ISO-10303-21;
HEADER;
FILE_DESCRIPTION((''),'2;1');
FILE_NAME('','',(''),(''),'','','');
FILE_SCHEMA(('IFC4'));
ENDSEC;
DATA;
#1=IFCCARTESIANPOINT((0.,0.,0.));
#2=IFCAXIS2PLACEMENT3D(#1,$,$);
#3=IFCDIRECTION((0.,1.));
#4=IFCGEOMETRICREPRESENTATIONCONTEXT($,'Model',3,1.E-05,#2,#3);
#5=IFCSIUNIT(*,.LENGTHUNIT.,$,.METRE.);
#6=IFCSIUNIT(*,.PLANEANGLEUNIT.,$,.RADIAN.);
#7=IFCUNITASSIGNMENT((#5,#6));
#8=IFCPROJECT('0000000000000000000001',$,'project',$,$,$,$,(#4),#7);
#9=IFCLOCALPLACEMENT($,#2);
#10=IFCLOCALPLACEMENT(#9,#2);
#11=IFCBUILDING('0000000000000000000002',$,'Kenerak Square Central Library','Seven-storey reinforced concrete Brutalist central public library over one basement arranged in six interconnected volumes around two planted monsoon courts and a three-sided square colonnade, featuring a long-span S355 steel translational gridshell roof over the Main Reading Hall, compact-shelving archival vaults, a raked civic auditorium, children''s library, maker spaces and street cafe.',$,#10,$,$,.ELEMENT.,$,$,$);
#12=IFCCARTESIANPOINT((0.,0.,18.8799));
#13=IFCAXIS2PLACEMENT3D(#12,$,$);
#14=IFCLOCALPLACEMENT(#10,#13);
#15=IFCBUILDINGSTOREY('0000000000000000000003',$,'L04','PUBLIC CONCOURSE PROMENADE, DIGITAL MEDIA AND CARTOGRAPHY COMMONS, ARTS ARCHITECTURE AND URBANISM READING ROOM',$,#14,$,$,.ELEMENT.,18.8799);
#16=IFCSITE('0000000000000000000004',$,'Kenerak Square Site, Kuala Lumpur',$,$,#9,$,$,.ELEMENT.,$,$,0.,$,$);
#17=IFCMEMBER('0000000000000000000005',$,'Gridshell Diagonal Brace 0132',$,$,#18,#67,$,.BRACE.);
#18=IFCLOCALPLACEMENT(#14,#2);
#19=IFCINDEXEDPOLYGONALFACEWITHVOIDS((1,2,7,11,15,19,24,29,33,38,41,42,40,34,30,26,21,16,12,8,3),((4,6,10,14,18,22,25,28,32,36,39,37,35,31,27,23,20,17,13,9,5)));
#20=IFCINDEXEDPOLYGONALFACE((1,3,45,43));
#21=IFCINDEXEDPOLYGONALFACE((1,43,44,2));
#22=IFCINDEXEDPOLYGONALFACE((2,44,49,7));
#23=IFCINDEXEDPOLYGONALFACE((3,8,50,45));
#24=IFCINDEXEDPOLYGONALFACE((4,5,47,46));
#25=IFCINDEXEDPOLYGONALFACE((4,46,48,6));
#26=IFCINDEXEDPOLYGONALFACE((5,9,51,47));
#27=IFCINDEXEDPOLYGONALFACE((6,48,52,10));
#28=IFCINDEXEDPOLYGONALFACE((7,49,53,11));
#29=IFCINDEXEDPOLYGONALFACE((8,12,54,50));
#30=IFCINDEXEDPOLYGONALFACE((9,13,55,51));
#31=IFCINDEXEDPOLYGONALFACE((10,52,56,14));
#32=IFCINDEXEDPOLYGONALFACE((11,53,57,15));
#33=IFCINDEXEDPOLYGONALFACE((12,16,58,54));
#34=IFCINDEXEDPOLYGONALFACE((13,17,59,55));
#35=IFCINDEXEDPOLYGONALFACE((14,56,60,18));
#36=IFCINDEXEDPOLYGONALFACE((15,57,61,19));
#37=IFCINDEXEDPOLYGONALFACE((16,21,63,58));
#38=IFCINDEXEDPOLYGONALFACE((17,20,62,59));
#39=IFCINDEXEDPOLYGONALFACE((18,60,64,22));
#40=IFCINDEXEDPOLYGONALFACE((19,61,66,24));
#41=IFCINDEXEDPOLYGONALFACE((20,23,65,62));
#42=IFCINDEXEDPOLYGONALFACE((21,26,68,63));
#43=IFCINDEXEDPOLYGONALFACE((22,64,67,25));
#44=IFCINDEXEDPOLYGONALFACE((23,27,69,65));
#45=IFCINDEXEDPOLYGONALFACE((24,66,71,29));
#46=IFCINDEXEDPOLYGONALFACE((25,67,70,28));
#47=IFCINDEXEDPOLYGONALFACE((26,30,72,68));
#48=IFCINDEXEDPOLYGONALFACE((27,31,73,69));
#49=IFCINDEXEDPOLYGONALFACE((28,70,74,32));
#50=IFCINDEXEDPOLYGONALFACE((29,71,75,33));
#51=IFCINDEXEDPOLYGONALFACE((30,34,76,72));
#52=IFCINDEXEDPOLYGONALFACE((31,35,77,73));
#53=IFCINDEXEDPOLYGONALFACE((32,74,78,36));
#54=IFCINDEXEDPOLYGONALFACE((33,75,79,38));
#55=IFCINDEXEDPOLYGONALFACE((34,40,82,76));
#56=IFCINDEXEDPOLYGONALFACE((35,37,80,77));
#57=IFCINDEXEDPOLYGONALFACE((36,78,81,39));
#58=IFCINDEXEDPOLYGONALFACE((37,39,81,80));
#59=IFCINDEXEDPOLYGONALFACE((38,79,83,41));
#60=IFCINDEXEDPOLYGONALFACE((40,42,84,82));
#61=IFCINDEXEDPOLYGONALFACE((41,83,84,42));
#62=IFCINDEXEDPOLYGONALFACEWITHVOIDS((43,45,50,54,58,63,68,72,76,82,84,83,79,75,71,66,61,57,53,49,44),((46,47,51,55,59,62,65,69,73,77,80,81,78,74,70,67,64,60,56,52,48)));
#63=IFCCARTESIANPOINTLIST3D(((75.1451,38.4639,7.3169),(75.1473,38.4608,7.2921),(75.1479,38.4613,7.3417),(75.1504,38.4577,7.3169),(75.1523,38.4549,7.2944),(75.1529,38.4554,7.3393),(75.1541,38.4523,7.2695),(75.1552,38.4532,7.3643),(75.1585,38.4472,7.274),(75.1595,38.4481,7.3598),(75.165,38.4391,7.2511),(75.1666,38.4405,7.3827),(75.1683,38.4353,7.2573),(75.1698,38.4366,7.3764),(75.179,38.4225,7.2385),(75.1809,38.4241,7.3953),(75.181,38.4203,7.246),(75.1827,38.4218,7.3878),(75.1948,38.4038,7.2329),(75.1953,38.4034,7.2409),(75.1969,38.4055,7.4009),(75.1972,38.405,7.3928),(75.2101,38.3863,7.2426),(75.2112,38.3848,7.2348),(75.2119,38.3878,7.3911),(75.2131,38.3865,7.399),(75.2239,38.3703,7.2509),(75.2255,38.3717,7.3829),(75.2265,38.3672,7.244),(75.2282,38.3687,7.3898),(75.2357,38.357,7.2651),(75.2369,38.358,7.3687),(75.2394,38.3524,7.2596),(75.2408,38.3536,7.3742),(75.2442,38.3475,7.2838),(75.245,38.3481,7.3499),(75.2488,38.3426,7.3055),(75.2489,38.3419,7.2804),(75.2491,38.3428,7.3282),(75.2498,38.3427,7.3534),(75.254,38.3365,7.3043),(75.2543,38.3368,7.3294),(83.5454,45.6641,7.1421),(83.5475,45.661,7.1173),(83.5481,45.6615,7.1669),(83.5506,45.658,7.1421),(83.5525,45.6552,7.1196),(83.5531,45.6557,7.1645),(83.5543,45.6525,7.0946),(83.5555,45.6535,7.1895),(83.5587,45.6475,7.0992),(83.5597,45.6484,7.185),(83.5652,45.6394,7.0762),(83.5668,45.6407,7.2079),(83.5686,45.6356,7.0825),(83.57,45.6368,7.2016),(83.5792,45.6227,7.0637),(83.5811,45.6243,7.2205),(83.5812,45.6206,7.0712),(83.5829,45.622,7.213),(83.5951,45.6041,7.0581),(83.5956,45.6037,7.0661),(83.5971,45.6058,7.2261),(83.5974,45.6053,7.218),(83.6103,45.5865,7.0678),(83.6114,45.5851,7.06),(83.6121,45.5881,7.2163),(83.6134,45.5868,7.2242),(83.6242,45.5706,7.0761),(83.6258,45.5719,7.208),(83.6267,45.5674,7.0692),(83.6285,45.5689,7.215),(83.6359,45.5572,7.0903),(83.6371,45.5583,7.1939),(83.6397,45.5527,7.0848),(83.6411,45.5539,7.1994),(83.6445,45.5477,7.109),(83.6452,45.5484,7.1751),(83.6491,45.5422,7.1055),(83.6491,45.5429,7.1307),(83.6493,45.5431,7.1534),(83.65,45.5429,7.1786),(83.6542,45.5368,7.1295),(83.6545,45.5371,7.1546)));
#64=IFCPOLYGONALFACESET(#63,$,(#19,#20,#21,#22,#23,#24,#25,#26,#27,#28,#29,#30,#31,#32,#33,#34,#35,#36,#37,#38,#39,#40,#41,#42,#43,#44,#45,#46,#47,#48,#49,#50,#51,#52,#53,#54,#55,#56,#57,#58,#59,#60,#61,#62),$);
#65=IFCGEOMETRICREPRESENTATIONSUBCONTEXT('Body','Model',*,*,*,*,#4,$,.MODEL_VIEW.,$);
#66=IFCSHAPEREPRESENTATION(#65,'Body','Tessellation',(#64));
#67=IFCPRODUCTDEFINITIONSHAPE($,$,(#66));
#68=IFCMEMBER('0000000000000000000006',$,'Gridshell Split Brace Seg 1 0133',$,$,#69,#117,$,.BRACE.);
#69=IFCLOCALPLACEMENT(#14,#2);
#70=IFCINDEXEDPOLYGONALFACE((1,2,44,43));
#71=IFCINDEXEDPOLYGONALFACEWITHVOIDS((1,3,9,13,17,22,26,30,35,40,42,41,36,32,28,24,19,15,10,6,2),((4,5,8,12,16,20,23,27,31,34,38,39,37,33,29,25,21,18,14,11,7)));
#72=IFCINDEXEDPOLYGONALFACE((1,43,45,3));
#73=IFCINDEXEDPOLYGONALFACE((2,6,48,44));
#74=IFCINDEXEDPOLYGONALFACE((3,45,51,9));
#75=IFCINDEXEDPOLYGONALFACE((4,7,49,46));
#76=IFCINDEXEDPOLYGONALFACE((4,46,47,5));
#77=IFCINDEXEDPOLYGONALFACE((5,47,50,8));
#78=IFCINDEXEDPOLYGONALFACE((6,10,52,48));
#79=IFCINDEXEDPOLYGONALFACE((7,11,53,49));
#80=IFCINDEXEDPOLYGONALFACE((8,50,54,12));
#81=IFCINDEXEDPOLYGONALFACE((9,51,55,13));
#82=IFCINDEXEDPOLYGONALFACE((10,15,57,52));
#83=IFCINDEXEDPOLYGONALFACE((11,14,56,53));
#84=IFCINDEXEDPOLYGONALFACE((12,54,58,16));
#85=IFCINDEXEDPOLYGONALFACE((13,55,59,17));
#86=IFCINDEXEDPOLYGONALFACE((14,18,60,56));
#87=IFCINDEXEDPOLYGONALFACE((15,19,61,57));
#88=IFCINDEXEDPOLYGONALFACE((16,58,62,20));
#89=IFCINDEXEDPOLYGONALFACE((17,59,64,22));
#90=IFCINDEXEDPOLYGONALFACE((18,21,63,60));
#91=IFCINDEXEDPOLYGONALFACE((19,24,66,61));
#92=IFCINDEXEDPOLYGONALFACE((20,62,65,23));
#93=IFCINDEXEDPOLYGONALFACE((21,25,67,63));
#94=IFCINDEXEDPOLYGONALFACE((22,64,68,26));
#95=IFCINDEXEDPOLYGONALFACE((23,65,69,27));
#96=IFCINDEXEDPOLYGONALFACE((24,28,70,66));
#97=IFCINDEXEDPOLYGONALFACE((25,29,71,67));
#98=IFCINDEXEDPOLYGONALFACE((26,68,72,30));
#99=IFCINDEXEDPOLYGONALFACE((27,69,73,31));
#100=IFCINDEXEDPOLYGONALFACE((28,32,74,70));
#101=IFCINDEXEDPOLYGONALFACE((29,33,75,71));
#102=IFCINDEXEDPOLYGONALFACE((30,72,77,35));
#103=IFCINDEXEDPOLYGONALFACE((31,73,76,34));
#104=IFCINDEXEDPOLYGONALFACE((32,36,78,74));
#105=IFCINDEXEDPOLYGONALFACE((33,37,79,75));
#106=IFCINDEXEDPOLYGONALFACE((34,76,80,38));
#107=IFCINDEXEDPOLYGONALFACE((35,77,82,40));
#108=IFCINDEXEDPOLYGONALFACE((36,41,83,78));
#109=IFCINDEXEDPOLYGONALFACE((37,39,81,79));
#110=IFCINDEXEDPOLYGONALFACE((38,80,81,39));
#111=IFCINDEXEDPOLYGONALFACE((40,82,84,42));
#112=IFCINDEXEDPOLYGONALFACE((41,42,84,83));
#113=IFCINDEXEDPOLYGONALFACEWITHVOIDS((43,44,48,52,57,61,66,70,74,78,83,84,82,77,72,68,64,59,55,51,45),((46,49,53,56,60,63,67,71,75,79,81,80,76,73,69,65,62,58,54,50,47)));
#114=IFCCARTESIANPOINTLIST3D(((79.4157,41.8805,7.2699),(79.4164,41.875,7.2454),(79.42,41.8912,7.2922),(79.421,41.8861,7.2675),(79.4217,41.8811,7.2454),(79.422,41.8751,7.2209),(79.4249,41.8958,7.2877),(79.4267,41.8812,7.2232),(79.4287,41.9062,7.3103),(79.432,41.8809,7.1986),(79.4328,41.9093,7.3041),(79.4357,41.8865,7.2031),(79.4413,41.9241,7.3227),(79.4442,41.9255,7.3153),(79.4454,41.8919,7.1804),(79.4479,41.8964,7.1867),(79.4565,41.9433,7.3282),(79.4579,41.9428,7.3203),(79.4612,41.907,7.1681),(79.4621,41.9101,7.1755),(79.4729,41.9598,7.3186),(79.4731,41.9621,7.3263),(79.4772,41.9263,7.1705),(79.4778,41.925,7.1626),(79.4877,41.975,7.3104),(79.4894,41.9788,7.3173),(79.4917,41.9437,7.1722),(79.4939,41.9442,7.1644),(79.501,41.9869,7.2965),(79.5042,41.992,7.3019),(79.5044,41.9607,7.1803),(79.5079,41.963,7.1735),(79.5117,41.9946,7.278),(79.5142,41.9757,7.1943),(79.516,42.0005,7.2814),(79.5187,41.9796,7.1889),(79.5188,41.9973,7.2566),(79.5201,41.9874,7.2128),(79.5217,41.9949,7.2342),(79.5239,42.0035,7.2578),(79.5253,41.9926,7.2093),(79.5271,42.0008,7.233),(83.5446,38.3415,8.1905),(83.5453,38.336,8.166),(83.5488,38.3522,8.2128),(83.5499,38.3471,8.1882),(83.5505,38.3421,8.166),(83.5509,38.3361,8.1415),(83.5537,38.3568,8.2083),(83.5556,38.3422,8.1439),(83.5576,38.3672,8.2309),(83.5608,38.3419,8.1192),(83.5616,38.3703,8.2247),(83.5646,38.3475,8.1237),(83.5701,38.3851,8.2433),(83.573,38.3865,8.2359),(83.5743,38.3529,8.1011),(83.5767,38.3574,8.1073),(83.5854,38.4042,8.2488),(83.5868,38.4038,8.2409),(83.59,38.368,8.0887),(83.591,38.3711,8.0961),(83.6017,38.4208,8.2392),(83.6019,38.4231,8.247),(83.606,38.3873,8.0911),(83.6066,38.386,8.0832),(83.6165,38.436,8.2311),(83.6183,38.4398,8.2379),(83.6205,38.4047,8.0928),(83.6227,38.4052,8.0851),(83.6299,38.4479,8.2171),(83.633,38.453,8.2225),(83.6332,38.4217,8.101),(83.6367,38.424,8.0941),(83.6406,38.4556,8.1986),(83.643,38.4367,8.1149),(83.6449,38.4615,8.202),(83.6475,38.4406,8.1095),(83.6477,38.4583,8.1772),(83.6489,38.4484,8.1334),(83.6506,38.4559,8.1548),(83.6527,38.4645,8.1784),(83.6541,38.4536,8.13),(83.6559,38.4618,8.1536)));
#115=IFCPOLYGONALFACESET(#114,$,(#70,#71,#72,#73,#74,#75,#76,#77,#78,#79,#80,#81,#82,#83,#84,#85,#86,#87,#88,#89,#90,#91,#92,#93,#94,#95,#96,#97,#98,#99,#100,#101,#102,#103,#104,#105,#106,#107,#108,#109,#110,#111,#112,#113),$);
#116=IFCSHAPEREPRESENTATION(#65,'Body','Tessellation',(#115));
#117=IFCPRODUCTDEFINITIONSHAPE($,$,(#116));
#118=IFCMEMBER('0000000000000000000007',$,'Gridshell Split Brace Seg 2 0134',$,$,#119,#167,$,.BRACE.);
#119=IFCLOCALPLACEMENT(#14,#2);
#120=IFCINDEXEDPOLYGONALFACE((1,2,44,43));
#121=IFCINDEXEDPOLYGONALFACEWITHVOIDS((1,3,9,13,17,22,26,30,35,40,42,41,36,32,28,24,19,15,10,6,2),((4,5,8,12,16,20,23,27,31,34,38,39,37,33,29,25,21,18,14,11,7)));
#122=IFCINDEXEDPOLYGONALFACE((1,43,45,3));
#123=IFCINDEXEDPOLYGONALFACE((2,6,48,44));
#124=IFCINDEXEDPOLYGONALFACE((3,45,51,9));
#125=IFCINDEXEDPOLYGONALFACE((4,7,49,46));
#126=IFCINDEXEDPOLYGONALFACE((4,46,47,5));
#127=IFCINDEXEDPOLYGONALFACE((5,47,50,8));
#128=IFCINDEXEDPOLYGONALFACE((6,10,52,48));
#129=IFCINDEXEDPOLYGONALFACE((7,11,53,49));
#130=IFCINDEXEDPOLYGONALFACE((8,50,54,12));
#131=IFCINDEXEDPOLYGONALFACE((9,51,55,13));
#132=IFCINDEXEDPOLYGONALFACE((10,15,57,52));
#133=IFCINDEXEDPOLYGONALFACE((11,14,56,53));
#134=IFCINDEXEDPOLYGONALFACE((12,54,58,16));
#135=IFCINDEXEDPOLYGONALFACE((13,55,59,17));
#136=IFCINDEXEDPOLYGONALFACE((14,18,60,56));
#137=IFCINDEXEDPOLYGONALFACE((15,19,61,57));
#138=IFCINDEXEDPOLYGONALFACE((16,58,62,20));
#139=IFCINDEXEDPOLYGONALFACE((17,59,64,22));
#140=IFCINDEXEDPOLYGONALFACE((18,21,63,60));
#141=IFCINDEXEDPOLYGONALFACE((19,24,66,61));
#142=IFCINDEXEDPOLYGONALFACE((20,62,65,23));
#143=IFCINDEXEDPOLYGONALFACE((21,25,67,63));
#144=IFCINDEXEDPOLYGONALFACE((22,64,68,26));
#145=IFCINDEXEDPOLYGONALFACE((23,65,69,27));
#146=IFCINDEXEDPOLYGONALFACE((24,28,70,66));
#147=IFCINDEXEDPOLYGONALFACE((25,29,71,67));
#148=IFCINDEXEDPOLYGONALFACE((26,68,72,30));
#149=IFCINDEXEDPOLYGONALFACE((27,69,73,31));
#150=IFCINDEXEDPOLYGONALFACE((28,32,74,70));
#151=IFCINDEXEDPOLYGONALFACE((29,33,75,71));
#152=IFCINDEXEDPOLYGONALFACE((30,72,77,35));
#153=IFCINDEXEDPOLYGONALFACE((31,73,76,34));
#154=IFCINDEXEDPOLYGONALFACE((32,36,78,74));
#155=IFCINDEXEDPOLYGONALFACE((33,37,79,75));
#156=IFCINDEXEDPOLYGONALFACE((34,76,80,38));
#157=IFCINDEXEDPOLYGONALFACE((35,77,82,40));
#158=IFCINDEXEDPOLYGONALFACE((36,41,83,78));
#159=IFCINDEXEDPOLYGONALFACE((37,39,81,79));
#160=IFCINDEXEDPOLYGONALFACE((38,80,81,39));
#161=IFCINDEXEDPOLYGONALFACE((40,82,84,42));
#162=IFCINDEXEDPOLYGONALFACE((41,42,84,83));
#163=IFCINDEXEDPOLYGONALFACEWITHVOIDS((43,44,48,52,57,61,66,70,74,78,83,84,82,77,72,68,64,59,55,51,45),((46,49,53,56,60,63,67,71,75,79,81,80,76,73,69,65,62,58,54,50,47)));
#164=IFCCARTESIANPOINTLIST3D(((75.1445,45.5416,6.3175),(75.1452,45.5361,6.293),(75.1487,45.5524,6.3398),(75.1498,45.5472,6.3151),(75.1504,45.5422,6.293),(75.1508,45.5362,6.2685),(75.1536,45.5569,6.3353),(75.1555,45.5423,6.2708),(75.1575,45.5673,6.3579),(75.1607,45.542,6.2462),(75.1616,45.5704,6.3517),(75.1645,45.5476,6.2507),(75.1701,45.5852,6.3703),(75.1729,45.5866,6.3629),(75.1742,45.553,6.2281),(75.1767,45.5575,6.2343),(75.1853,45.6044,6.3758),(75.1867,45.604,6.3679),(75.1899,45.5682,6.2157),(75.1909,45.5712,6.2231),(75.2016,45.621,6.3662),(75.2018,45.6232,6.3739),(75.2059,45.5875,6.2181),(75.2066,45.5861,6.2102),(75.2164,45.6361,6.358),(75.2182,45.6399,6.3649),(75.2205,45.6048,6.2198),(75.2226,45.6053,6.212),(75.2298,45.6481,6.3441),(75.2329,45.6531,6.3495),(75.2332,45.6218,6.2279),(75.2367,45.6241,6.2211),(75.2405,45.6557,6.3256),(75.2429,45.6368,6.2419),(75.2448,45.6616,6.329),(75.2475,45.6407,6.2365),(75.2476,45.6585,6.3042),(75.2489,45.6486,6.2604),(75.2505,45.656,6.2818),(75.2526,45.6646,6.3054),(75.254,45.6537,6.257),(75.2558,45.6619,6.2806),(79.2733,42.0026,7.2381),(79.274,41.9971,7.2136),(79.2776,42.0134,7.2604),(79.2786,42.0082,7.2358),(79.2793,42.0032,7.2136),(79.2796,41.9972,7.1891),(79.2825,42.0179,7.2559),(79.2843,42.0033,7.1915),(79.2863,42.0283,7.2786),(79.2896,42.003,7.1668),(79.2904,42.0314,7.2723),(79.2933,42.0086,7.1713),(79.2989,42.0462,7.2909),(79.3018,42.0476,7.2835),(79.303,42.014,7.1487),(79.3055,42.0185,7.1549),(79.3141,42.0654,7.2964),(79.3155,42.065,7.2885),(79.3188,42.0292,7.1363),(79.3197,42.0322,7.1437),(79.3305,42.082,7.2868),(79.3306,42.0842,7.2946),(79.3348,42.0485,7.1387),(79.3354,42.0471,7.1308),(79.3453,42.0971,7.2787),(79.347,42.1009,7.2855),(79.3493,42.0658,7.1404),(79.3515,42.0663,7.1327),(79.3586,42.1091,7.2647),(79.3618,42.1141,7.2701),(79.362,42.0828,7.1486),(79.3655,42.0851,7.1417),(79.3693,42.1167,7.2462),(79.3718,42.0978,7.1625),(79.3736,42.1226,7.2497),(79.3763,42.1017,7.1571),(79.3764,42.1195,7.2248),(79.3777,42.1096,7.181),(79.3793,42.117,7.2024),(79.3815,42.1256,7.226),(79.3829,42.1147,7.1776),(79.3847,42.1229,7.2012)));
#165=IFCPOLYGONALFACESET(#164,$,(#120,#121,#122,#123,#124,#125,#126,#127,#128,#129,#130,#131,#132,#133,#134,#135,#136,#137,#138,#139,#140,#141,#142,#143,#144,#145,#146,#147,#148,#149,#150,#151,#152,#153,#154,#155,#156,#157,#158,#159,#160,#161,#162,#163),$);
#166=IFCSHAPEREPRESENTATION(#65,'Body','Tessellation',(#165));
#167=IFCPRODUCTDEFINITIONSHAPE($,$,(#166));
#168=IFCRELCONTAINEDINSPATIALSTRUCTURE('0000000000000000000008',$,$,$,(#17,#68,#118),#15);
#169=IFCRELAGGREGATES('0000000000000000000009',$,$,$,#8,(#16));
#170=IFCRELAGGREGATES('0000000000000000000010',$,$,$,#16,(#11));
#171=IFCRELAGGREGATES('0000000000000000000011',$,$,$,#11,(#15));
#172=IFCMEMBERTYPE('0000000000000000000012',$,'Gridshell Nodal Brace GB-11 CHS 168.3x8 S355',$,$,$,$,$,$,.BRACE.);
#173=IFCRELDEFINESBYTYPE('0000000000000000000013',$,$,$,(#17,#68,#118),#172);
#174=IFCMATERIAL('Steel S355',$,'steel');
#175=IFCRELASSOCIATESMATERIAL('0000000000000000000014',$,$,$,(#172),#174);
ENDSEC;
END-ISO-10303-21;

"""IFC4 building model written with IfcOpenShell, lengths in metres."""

from ifc_helpers import new_model, si_unit, direction, frame, origin, origin_2d, place, context, subcontext, project, spatial, hollow_circle, extrude, material, material_profile, profile_set, type_object, element, save


model = new_model("IFC4")

# Units and contexts
model_context = context("Model", 3, precision=1e-05, world=origin(), true_north=direction((0.0, 1.0)))
body_context = subcontext(model_context, "Body", "Model", "MODEL_VIEW")
ifc_project = project(units=[si_unit("LENGTHUNIT", "METRE"), si_unit("PLANEANGLEUNIT", "RADIAN")], contexts=[model_context])

# Site, building, storey
site_placement = place(None, origin())
site = spatial("IfcSite", under=ifc_project, at=site_placement, Name="Kenerak Square Site, Kuala Lumpur", CompositionType="ELEMENT", RefElevation=0.0)
building_placement = place(site_placement, origin())
building = spatial("IfcBuilding", under=site, at=building_placement, Name="Kenerak Square Central Library", Description="Seven-storey reinforced concrete Brutalist central public library over one basement arranged in six interconnected volumes around two planted monsoon courts and a three-sided square colonnade, featuring a long-span S355 steel translational gridshell roof over the Main Reading Hall, compact-shelving archival vaults, a raked civic auditorium, children's library, maker spaces and street cafe.", CompositionType="ELEMENT")
storey_placement = place(building_placement, frame((0.0, 0.0, 18.8799)))
storey = spatial("IfcBuildingStorey", under=building, at=storey_placement, Name="L04", Description="PUBLIC CONCOURSE PROMENADE, DIGITAL MEDIA AND CARTOGRAPHY COMMONS, ARTS ARCHITECTURE AND URBANISM READING ROOM", CompositionType="ELEMENT", Elevation=18.8799)

# Members
ifc_material = material(Name="Steel S355", Category="steel")
ifc_material_profile_1 = material_profile(ifc_material, hollow_circle(Radius=0.0842, WallThickness=0.0081, at=origin_2d()), Name="CHS 168.3x8.0")
ifc_profile_set_1 = profile_set([ifc_material_profile_1], Name="Steel S355")
member_type_1 = type_object("IfcMemberType", Name="Gridshell Nodal Brace GB-11 CHS 168.3x8 S355", PredefinedType="BRACE", material=ifc_profile_set_1)
member_1_placement = place(storey_placement, frame((75.2, 38.3999, 7.3169), z_axis=(0.759159, 0.650714, -0.015798), x_axis=(-0.650795, 0.759253, 0.0)))
element("IfcMember", 1, at=member_1_placement, inside=storey, type_object=member_type_1, Name="Gridshell Diagonal Brace 0132", PredefinedType="BRACE", context=body_context, shape_type="SweptSolid", body=[
    extrude(hollow_circle(Radius=0.0842, WallThickness=0.0081, at=origin_2d()), origin(), (0.0, 0.0, 1.0), 11.0652),
])
for number, where, z_axis, x_axis, name in (
    (2, (83.6001, 38.3999, 8.166), (-0.748604, 0.641661, -0.166922), (-0.650791, -0.759257, 0.0), "Gridshell Split Brace Seg 1 0133"),
    (3, (79.3289, 42.061, 7.2136), (-0.748604, 0.641661, -0.166922), (-0.650791, -0.759257, 0.0), "Gridshell Split Brace Seg 2 0134"),
):
    element("IfcMember", number, at=place(storey_placement, frame(where, z_axis=z_axis, x_axis=x_axis)), inside=storey, type_object=member_type_1, Name=name, PredefinedType="BRACE", context=body_context, shape_type="SweptSolid", body=[
        extrude(hollow_circle(Radius=0.0842, WallThickness=0.0081, at=origin_2d()), origin(), (0.0, 0.0, 1.0), 5.5154),
    ])

save(model, "model.ifc")
